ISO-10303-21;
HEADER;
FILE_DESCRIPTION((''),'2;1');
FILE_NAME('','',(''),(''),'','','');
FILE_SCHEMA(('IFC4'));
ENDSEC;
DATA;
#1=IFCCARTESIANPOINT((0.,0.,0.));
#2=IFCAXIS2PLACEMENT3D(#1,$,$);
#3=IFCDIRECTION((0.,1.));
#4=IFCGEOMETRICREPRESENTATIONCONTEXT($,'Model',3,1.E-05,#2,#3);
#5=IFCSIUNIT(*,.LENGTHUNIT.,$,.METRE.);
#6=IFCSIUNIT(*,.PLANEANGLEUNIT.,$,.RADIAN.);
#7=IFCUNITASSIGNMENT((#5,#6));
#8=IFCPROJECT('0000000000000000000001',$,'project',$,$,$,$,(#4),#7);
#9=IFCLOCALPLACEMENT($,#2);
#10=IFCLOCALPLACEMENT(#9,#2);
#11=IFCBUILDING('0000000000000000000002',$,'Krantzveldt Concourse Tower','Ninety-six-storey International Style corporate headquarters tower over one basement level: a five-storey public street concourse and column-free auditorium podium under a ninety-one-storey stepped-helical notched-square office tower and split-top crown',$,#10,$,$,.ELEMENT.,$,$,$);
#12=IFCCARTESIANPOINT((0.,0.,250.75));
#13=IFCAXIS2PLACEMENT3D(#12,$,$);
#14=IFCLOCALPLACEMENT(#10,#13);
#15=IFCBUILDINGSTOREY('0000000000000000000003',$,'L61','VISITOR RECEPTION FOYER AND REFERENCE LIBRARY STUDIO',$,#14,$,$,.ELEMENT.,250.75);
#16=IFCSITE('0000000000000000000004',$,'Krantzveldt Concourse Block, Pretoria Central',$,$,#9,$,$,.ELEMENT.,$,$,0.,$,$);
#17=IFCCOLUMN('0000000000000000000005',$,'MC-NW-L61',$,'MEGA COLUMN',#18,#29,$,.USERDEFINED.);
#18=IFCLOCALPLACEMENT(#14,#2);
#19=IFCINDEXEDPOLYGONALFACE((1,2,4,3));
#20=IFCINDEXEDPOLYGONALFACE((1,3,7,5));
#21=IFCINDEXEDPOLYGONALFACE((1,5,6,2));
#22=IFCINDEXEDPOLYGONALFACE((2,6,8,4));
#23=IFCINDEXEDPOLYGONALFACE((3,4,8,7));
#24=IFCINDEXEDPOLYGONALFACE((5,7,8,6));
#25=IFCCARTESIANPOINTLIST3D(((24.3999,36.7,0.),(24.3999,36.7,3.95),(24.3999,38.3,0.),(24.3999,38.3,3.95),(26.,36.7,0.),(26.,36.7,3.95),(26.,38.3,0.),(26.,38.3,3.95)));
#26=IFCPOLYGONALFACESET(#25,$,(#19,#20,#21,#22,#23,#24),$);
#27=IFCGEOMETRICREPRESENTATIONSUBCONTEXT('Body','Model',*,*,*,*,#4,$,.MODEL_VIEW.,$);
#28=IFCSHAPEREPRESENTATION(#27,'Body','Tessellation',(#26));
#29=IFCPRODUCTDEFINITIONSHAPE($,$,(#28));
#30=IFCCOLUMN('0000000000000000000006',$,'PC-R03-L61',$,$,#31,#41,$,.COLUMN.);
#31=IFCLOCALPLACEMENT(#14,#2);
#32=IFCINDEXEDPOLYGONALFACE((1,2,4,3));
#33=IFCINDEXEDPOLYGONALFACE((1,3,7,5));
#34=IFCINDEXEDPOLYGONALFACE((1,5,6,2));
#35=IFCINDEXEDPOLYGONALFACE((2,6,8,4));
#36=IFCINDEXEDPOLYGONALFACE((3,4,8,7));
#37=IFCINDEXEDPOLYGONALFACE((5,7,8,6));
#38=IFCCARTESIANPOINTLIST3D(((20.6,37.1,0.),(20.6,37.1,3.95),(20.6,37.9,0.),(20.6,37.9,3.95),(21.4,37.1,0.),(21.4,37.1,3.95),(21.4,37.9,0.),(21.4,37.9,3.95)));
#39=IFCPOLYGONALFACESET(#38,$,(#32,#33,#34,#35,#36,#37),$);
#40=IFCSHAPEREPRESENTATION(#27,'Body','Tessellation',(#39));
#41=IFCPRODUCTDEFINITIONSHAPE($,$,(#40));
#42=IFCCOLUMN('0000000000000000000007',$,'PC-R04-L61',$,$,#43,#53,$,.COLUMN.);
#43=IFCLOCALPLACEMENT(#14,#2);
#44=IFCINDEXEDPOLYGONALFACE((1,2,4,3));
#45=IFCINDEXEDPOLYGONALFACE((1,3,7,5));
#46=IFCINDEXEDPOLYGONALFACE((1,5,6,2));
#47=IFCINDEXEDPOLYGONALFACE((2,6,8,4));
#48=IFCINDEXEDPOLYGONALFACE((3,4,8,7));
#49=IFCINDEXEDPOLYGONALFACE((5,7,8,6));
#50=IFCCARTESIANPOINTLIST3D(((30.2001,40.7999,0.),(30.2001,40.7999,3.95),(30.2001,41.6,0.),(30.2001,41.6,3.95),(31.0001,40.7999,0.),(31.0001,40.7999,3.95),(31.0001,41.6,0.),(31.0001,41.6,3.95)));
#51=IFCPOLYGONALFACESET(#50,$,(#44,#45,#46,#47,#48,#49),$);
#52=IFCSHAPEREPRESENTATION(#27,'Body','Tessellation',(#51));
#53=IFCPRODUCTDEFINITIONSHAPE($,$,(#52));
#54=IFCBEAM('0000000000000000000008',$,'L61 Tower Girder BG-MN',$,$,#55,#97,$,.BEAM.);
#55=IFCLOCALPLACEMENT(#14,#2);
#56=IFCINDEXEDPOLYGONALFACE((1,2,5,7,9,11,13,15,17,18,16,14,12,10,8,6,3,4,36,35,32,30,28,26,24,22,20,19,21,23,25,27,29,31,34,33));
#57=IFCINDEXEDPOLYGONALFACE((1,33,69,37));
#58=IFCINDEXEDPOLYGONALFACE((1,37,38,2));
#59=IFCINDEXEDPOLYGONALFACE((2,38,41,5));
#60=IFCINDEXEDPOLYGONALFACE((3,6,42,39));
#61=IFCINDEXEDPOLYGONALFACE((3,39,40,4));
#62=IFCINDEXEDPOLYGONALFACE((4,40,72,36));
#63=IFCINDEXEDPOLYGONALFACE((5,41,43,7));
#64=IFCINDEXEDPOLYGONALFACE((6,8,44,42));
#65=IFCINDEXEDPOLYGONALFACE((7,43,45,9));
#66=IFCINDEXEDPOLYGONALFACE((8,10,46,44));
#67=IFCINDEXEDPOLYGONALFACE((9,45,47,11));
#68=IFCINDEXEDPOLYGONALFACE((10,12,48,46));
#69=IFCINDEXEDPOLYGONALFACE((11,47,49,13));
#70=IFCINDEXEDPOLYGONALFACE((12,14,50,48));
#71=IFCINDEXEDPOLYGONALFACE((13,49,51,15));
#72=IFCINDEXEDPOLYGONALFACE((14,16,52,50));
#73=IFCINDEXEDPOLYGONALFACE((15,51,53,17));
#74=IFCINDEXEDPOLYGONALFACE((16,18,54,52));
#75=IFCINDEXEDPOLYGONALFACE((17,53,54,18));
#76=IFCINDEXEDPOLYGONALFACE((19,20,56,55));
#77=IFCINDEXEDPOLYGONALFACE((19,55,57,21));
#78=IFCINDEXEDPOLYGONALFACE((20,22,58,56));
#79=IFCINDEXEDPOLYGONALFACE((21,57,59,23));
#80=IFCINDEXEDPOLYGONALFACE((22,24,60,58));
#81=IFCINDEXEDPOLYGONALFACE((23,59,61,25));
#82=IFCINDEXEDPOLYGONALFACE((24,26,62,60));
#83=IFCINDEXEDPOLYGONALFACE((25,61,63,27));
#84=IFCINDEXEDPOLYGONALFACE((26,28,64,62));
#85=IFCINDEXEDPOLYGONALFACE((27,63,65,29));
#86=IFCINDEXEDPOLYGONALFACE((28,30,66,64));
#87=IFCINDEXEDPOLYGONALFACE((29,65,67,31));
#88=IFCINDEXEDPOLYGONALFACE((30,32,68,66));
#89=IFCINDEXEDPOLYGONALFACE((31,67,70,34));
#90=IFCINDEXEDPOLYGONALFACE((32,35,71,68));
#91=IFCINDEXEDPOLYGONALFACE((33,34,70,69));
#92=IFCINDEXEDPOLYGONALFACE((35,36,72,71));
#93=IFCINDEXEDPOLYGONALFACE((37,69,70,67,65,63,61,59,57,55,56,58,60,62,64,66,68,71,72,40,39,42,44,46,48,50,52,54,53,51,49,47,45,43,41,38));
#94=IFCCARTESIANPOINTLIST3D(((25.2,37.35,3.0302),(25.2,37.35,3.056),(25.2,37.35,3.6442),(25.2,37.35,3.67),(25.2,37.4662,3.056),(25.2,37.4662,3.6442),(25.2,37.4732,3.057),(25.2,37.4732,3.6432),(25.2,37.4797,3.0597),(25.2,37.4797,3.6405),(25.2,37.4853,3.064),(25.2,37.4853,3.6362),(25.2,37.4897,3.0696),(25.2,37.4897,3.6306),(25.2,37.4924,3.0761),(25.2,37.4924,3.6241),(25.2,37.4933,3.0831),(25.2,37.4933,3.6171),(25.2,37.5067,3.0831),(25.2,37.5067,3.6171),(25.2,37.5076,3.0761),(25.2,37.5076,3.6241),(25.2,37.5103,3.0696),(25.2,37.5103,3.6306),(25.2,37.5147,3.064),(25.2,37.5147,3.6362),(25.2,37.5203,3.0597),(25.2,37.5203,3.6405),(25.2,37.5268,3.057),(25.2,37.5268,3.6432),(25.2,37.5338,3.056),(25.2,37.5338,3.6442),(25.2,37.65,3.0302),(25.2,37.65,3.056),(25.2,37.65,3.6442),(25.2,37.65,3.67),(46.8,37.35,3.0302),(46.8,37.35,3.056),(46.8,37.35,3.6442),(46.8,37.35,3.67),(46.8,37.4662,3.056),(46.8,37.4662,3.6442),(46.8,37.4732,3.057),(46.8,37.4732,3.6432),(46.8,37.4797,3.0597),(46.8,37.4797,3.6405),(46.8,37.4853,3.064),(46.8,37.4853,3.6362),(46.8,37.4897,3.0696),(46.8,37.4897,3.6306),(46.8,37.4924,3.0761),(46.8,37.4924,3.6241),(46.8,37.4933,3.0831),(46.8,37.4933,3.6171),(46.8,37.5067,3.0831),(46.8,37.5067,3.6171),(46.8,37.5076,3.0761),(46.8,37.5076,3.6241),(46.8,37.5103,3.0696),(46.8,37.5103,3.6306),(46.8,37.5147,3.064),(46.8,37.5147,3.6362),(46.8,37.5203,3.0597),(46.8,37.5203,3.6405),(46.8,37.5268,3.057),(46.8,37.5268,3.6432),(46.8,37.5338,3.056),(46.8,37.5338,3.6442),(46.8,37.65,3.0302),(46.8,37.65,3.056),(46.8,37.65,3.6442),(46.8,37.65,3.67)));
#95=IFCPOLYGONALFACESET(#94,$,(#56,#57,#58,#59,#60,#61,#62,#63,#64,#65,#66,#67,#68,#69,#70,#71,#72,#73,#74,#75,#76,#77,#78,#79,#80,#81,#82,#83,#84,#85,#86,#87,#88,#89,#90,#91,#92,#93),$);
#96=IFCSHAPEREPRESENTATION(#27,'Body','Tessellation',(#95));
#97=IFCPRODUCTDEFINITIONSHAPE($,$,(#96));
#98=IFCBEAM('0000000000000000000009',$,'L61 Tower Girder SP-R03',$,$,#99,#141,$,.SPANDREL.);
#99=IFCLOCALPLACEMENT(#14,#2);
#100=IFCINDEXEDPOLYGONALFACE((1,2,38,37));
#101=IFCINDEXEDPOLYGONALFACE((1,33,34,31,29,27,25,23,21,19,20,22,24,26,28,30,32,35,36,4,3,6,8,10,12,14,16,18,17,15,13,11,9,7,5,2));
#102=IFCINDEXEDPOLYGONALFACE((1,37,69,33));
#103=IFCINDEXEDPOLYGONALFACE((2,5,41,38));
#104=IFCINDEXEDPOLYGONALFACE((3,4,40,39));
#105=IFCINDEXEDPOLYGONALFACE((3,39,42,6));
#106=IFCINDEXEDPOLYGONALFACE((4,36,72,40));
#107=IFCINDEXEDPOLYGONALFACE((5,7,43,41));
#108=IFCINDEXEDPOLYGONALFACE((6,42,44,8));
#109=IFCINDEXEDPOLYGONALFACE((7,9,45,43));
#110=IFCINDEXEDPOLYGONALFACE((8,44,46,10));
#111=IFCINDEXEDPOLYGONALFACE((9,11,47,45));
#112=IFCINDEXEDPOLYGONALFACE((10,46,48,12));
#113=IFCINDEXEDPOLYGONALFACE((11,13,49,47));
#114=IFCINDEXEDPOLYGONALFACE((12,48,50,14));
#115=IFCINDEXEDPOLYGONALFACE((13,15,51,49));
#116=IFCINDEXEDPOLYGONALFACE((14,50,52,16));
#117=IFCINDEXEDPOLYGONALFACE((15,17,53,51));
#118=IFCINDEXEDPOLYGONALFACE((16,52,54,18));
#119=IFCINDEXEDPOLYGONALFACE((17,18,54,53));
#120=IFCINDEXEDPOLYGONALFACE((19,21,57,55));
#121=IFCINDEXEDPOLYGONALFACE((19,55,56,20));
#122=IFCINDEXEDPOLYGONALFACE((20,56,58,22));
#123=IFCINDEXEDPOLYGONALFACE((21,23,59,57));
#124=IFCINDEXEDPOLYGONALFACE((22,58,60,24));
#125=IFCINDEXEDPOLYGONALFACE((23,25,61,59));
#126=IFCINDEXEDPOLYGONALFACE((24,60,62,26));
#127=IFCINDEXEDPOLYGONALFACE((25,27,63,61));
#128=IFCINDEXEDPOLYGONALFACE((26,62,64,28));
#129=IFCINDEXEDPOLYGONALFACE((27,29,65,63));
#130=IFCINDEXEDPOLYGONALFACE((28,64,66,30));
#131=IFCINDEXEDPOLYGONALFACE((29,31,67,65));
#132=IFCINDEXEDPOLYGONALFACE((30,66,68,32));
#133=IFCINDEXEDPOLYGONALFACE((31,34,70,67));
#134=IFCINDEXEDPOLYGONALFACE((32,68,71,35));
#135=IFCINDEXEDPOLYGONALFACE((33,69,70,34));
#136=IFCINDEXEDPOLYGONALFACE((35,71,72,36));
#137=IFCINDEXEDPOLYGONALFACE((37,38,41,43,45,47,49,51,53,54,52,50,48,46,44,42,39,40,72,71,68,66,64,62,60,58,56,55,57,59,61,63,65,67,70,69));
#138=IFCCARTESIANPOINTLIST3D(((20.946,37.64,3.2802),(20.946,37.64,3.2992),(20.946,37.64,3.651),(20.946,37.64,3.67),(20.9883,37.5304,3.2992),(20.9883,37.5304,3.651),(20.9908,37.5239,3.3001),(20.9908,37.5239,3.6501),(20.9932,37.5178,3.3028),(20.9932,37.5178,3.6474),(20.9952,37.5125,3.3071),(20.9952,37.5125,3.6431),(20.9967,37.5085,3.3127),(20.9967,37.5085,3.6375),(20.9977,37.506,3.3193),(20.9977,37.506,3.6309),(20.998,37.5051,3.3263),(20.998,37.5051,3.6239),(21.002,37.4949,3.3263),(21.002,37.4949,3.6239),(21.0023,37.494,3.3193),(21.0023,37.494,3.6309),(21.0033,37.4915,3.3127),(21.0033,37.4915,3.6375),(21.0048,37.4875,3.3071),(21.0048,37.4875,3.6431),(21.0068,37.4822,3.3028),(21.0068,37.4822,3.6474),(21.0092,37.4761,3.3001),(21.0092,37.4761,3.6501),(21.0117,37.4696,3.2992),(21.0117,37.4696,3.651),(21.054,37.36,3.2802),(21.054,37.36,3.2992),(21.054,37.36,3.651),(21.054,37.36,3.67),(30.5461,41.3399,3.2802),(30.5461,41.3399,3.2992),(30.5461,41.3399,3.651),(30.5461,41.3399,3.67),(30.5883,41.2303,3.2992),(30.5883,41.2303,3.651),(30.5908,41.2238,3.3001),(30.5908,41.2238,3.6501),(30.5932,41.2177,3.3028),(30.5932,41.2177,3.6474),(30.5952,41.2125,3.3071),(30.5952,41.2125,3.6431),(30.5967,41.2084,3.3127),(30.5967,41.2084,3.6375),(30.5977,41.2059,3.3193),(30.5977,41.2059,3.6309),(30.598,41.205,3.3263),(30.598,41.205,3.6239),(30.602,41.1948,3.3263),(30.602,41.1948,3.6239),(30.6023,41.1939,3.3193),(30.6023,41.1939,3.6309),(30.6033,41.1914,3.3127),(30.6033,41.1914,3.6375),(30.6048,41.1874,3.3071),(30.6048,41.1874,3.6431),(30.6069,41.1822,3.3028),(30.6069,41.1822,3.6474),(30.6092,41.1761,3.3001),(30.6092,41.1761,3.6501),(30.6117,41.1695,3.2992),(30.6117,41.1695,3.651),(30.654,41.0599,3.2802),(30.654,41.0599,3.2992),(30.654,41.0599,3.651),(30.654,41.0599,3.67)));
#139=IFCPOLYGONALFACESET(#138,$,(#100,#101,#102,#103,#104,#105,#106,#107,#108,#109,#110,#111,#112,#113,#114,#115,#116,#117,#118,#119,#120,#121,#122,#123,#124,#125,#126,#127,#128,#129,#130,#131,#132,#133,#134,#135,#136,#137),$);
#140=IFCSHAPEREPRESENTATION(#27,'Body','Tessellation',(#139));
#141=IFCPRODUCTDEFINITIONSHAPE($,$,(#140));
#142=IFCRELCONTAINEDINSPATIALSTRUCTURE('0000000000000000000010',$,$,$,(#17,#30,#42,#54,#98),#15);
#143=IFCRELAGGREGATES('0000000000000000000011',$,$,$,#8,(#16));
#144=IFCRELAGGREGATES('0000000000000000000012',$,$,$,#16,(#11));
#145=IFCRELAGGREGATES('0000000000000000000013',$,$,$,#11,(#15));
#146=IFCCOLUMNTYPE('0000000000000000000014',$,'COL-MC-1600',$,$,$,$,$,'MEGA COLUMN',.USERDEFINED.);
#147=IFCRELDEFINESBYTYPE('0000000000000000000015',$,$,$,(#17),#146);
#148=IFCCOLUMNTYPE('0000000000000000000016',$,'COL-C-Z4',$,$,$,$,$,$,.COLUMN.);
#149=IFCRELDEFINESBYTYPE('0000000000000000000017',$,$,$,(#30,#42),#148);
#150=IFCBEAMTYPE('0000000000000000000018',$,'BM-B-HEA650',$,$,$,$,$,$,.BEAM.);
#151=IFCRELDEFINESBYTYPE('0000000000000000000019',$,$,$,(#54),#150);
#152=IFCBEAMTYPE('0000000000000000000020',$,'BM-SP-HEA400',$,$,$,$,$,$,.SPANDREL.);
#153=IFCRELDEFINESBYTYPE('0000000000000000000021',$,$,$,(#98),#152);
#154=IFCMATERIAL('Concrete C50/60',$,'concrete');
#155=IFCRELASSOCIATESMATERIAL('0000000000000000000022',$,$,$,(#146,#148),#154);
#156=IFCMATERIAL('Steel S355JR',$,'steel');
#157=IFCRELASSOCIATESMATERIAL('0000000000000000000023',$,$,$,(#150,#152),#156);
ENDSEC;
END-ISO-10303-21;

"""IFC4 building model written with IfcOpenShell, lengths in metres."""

from ifc_helpers import new_model, si_unit, direction, frame, origin, origin_2d, place, context, subcontext, project, spatial, rectangle, i_section, extrude, source, transform, mapped, material, material_profile, profile_set, type_object, type_shapes, element, save


model = new_model("IFC4")

# Units and contexts
model_context = context("Model", 3, precision=1e-05, world=origin(), true_north=direction((0.0, 1.0)))
body_context = subcontext(model_context, "Body", "Model", "MODEL_VIEW")
ifc_project = project(units=[si_unit("LENGTHUNIT", "METRE"), si_unit("PLANEANGLEUNIT", "RADIAN")], contexts=[model_context])

# Site, building, storey
site_placement = place(None, origin())
site = spatial("IfcSite", under=ifc_project, at=site_placement, Name="Krantzveldt Concourse Block, Pretoria Central", CompositionType="ELEMENT", RefElevation=0.0)
building_placement = place(site_placement, origin())
building = spatial("IfcBuilding", under=site, at=building_placement, Name="Krantzveldt Concourse Tower", Description="Ninety-six-storey International Style corporate headquarters tower over one basement level: a five-storey public street concourse and column-free auditorium podium under a ninety-one-storey stepped-helical notched-square office tower and split-top crown", CompositionType="ELEMENT")
storey_placement = place(building_placement, frame((0.0, 0.0, 250.75)))
storey = spatial("IfcBuildingStorey", under=building, at=storey_placement, Name="L61", Description="VISITOR RECEPTION FOYER AND REFERENCE LIBRARY STUDIO", CompositionType="ELEMENT", Elevation=250.75)

# Columns
ifc_material_1 = material(Name="Concrete C50/60", Category="concrete")
ifc_material_profile_1 = material_profile(ifc_material_1, rectangle(XDim=1.6001, YDim=1.6001, at=origin_2d()), Name="Concrete C50/60", Category="concrete")
ifc_profile_set_1 = profile_set([ifc_material_profile_1], Name="Concrete C50/60 - RC 1600x1600")
column_type_1 = type_object("IfcColumnType", Name="COL-MC-1600", ElementType="MEGA COLUMN", PredefinedType="USERDEFINED", material=ifc_profile_set_1)
shared_shape_1 = source(origin(), body_context, "Body", "SweptSolid", [
    extrude(rectangle(XDim=1.6001, YDim=1.6001, at=origin_2d()), origin(), (0.0, 0.0, 1.0), 3.95),
])
type_shapes(column_type_1, [shared_shape_1])
column_placement = place(storey_placement, frame((25.2, 37.5, 0.0), z_axis=(0.0, 0.0, 1.0), x_axis=(1.0, 0.0, 0.0)))
element("IfcColumn", 1, at=column_placement, inside=storey, type_object=column_type_1, Name="MC-NW-L61", ObjectType="MEGA COLUMN", PredefinedType="USERDEFINED", context=body_context, shape_type="MappedRepresentation", body=[
    mapped(shared_shape_1, transform((0.0, 0.0, 0.0), x_axis=(1.0, 0.0, 0.0), y_axis=(0.0, 1.0, 0.0), z_axis=(0.0, 0.0, 1.0), scale=1.0)),
])
ifc_material_profile_2 = material_profile(ifc_material_1, rectangle(XDim=0.8, YDim=0.8, at=origin_2d()), Name="Concrete C50/60", Category="concrete")
ifc_profile_set_2 = profile_set([ifc_material_profile_2], Name="Concrete C50/60 - RC 800x800")
column_type_2 = type_object("IfcColumnType", Name="COL-C-Z4", PredefinedType="COLUMN", material=ifc_profile_set_2)
shared_shape_2 = source(origin(), body_context, "Body", "SweptSolid", [
    extrude(rectangle(XDim=0.8, YDim=0.8, at=origin_2d()), origin(), (0.0, 0.0, 1.0), 3.95),
])
type_shapes(column_type_2, [shared_shape_2])
for number, where, z_axis, x_axis, name in (
    (2, (21.0, 37.5, 0.0), (0.0, 0.0, 1.0), (1.0, 0.0, 0.0), "PC-R03-L61"),
    (3, (30.6001, 41.2, 0.0), (0.0, 0.0, 1.0), (1.0, 0.0, 0.0), "PC-R04-L61"),
):
    element("IfcColumn", number, at=place(storey_placement, frame(where, z_axis=z_axis, x_axis=x_axis)), inside=storey, type_object=column_type_2, Name=name, PredefinedType="COLUMN", context=body_context, shape_type="MappedRepresentation", body=[
        mapped(shared_shape_2, transform((0.0, 0.0, 0.0), x_axis=(1.0, 0.0, 0.0), y_axis=(0.0, 1.0, 0.0), z_axis=(0.0, 0.0, 1.0), scale=1.0)),
    ])

# Beams
ifc_material_2 = material(Name="Steel S355JR", Category="steel")
ifc_material_profile_3 = material_profile(ifc_material_2, i_section(OverallWidth=0.3, OverallDepth=0.6399, WebThickness=0.0134, FlangeThickness=0.0259, FilletRadius=0.0271, at=origin_2d()), Name="Steel S355JR", Category="steel")
ifc_profile_set_3 = profile_set([ifc_material_profile_3], Name="Steel S355JR - HEA 650")
beam_type_1 = type_object("IfcBeamType", Name="BM-B-HEA650", PredefinedType="BEAM", material=ifc_profile_set_3)
shared_shape_3 = source(origin(), body_context, "Body", "SweptSolid", [
    extrude(i_section(OverallWidth=0.3, OverallDepth=0.6399, WebThickness=0.0134, FlangeThickness=0.0259, FilletRadius=0.0271, at=origin_2d()), origin(), (0.0, 0.0, 1.0), 21.6001),
])
type_shapes(beam_type_1, [shared_shape_3])
beam_1_placement = place(storey_placement, frame((25.2, 37.5, 3.3501), z_axis=(1.0, 0.0, 0.0), x_axis=(0.0, 1.0, 0.0)))
element("IfcBeam", 4, at=beam_1_placement, inside=storey, type_object=beam_type_1, Name="L61 Tower Girder BG-MN", PredefinedType="BEAM", context=body_context, shape_type="MappedRepresentation", body=[
    mapped(shared_shape_3, transform((0.0, 0.0, 0.0), x_axis=(1.0, 0.0, 0.0), y_axis=(0.0, 1.0, 0.0), z_axis=(0.0, 0.0, 1.0), scale=1.0)),
])
ifc_material_profile_4 = material_profile(ifc_material_2, i_section(OverallWidth=0.3, OverallDepth=0.3899, WebThickness=0.011, FlangeThickness=0.019, FilletRadius=0.0271, at=origin_2d()), Name="Steel S355JR", Category="steel")
ifc_profile_set_4 = profile_set([ifc_material_profile_4], Name="Steel S355JR - HEA 400")
beam_type_2 = type_object("IfcBeamType", Name="BM-SP-HEA400", PredefinedType="SPANDREL", material=ifc_profile_set_4)
shared_shape_4 = source(origin(), body_context, "Body", "SweptSolid", [
    extrude(i_section(OverallWidth=0.3, OverallDepth=0.3899, WebThickness=0.011, FlangeThickness=0.019, FilletRadius=0.0271, at=origin_2d()), origin(), (0.0, 0.0, 1.0), 10.2883),
])
beam_2_placement = place(storey_placement, frame((21.0, 37.5, 3.4751), z_axis=(0.933098, 0.359623, 0.0), x_axis=(-0.359623, 0.933098, 0.0)))
element("IfcBeam", 5, at=beam_2_placement, inside=storey, type_object=beam_type_2, Name="L61 Tower Girder SP-R03", PredefinedType="SPANDREL", context=body_context, shape_type="MappedRepresentation", body=[
    mapped(shared_shape_4, transform((0.0, 0.0, 0.0), x_axis=(1.0, 0.0, 0.0), y_axis=(0.0, 1.0, 0.0), z_axis=(0.0, 0.0, 1.0), scale=1.0)),
])

save(model, "model.ifc")
